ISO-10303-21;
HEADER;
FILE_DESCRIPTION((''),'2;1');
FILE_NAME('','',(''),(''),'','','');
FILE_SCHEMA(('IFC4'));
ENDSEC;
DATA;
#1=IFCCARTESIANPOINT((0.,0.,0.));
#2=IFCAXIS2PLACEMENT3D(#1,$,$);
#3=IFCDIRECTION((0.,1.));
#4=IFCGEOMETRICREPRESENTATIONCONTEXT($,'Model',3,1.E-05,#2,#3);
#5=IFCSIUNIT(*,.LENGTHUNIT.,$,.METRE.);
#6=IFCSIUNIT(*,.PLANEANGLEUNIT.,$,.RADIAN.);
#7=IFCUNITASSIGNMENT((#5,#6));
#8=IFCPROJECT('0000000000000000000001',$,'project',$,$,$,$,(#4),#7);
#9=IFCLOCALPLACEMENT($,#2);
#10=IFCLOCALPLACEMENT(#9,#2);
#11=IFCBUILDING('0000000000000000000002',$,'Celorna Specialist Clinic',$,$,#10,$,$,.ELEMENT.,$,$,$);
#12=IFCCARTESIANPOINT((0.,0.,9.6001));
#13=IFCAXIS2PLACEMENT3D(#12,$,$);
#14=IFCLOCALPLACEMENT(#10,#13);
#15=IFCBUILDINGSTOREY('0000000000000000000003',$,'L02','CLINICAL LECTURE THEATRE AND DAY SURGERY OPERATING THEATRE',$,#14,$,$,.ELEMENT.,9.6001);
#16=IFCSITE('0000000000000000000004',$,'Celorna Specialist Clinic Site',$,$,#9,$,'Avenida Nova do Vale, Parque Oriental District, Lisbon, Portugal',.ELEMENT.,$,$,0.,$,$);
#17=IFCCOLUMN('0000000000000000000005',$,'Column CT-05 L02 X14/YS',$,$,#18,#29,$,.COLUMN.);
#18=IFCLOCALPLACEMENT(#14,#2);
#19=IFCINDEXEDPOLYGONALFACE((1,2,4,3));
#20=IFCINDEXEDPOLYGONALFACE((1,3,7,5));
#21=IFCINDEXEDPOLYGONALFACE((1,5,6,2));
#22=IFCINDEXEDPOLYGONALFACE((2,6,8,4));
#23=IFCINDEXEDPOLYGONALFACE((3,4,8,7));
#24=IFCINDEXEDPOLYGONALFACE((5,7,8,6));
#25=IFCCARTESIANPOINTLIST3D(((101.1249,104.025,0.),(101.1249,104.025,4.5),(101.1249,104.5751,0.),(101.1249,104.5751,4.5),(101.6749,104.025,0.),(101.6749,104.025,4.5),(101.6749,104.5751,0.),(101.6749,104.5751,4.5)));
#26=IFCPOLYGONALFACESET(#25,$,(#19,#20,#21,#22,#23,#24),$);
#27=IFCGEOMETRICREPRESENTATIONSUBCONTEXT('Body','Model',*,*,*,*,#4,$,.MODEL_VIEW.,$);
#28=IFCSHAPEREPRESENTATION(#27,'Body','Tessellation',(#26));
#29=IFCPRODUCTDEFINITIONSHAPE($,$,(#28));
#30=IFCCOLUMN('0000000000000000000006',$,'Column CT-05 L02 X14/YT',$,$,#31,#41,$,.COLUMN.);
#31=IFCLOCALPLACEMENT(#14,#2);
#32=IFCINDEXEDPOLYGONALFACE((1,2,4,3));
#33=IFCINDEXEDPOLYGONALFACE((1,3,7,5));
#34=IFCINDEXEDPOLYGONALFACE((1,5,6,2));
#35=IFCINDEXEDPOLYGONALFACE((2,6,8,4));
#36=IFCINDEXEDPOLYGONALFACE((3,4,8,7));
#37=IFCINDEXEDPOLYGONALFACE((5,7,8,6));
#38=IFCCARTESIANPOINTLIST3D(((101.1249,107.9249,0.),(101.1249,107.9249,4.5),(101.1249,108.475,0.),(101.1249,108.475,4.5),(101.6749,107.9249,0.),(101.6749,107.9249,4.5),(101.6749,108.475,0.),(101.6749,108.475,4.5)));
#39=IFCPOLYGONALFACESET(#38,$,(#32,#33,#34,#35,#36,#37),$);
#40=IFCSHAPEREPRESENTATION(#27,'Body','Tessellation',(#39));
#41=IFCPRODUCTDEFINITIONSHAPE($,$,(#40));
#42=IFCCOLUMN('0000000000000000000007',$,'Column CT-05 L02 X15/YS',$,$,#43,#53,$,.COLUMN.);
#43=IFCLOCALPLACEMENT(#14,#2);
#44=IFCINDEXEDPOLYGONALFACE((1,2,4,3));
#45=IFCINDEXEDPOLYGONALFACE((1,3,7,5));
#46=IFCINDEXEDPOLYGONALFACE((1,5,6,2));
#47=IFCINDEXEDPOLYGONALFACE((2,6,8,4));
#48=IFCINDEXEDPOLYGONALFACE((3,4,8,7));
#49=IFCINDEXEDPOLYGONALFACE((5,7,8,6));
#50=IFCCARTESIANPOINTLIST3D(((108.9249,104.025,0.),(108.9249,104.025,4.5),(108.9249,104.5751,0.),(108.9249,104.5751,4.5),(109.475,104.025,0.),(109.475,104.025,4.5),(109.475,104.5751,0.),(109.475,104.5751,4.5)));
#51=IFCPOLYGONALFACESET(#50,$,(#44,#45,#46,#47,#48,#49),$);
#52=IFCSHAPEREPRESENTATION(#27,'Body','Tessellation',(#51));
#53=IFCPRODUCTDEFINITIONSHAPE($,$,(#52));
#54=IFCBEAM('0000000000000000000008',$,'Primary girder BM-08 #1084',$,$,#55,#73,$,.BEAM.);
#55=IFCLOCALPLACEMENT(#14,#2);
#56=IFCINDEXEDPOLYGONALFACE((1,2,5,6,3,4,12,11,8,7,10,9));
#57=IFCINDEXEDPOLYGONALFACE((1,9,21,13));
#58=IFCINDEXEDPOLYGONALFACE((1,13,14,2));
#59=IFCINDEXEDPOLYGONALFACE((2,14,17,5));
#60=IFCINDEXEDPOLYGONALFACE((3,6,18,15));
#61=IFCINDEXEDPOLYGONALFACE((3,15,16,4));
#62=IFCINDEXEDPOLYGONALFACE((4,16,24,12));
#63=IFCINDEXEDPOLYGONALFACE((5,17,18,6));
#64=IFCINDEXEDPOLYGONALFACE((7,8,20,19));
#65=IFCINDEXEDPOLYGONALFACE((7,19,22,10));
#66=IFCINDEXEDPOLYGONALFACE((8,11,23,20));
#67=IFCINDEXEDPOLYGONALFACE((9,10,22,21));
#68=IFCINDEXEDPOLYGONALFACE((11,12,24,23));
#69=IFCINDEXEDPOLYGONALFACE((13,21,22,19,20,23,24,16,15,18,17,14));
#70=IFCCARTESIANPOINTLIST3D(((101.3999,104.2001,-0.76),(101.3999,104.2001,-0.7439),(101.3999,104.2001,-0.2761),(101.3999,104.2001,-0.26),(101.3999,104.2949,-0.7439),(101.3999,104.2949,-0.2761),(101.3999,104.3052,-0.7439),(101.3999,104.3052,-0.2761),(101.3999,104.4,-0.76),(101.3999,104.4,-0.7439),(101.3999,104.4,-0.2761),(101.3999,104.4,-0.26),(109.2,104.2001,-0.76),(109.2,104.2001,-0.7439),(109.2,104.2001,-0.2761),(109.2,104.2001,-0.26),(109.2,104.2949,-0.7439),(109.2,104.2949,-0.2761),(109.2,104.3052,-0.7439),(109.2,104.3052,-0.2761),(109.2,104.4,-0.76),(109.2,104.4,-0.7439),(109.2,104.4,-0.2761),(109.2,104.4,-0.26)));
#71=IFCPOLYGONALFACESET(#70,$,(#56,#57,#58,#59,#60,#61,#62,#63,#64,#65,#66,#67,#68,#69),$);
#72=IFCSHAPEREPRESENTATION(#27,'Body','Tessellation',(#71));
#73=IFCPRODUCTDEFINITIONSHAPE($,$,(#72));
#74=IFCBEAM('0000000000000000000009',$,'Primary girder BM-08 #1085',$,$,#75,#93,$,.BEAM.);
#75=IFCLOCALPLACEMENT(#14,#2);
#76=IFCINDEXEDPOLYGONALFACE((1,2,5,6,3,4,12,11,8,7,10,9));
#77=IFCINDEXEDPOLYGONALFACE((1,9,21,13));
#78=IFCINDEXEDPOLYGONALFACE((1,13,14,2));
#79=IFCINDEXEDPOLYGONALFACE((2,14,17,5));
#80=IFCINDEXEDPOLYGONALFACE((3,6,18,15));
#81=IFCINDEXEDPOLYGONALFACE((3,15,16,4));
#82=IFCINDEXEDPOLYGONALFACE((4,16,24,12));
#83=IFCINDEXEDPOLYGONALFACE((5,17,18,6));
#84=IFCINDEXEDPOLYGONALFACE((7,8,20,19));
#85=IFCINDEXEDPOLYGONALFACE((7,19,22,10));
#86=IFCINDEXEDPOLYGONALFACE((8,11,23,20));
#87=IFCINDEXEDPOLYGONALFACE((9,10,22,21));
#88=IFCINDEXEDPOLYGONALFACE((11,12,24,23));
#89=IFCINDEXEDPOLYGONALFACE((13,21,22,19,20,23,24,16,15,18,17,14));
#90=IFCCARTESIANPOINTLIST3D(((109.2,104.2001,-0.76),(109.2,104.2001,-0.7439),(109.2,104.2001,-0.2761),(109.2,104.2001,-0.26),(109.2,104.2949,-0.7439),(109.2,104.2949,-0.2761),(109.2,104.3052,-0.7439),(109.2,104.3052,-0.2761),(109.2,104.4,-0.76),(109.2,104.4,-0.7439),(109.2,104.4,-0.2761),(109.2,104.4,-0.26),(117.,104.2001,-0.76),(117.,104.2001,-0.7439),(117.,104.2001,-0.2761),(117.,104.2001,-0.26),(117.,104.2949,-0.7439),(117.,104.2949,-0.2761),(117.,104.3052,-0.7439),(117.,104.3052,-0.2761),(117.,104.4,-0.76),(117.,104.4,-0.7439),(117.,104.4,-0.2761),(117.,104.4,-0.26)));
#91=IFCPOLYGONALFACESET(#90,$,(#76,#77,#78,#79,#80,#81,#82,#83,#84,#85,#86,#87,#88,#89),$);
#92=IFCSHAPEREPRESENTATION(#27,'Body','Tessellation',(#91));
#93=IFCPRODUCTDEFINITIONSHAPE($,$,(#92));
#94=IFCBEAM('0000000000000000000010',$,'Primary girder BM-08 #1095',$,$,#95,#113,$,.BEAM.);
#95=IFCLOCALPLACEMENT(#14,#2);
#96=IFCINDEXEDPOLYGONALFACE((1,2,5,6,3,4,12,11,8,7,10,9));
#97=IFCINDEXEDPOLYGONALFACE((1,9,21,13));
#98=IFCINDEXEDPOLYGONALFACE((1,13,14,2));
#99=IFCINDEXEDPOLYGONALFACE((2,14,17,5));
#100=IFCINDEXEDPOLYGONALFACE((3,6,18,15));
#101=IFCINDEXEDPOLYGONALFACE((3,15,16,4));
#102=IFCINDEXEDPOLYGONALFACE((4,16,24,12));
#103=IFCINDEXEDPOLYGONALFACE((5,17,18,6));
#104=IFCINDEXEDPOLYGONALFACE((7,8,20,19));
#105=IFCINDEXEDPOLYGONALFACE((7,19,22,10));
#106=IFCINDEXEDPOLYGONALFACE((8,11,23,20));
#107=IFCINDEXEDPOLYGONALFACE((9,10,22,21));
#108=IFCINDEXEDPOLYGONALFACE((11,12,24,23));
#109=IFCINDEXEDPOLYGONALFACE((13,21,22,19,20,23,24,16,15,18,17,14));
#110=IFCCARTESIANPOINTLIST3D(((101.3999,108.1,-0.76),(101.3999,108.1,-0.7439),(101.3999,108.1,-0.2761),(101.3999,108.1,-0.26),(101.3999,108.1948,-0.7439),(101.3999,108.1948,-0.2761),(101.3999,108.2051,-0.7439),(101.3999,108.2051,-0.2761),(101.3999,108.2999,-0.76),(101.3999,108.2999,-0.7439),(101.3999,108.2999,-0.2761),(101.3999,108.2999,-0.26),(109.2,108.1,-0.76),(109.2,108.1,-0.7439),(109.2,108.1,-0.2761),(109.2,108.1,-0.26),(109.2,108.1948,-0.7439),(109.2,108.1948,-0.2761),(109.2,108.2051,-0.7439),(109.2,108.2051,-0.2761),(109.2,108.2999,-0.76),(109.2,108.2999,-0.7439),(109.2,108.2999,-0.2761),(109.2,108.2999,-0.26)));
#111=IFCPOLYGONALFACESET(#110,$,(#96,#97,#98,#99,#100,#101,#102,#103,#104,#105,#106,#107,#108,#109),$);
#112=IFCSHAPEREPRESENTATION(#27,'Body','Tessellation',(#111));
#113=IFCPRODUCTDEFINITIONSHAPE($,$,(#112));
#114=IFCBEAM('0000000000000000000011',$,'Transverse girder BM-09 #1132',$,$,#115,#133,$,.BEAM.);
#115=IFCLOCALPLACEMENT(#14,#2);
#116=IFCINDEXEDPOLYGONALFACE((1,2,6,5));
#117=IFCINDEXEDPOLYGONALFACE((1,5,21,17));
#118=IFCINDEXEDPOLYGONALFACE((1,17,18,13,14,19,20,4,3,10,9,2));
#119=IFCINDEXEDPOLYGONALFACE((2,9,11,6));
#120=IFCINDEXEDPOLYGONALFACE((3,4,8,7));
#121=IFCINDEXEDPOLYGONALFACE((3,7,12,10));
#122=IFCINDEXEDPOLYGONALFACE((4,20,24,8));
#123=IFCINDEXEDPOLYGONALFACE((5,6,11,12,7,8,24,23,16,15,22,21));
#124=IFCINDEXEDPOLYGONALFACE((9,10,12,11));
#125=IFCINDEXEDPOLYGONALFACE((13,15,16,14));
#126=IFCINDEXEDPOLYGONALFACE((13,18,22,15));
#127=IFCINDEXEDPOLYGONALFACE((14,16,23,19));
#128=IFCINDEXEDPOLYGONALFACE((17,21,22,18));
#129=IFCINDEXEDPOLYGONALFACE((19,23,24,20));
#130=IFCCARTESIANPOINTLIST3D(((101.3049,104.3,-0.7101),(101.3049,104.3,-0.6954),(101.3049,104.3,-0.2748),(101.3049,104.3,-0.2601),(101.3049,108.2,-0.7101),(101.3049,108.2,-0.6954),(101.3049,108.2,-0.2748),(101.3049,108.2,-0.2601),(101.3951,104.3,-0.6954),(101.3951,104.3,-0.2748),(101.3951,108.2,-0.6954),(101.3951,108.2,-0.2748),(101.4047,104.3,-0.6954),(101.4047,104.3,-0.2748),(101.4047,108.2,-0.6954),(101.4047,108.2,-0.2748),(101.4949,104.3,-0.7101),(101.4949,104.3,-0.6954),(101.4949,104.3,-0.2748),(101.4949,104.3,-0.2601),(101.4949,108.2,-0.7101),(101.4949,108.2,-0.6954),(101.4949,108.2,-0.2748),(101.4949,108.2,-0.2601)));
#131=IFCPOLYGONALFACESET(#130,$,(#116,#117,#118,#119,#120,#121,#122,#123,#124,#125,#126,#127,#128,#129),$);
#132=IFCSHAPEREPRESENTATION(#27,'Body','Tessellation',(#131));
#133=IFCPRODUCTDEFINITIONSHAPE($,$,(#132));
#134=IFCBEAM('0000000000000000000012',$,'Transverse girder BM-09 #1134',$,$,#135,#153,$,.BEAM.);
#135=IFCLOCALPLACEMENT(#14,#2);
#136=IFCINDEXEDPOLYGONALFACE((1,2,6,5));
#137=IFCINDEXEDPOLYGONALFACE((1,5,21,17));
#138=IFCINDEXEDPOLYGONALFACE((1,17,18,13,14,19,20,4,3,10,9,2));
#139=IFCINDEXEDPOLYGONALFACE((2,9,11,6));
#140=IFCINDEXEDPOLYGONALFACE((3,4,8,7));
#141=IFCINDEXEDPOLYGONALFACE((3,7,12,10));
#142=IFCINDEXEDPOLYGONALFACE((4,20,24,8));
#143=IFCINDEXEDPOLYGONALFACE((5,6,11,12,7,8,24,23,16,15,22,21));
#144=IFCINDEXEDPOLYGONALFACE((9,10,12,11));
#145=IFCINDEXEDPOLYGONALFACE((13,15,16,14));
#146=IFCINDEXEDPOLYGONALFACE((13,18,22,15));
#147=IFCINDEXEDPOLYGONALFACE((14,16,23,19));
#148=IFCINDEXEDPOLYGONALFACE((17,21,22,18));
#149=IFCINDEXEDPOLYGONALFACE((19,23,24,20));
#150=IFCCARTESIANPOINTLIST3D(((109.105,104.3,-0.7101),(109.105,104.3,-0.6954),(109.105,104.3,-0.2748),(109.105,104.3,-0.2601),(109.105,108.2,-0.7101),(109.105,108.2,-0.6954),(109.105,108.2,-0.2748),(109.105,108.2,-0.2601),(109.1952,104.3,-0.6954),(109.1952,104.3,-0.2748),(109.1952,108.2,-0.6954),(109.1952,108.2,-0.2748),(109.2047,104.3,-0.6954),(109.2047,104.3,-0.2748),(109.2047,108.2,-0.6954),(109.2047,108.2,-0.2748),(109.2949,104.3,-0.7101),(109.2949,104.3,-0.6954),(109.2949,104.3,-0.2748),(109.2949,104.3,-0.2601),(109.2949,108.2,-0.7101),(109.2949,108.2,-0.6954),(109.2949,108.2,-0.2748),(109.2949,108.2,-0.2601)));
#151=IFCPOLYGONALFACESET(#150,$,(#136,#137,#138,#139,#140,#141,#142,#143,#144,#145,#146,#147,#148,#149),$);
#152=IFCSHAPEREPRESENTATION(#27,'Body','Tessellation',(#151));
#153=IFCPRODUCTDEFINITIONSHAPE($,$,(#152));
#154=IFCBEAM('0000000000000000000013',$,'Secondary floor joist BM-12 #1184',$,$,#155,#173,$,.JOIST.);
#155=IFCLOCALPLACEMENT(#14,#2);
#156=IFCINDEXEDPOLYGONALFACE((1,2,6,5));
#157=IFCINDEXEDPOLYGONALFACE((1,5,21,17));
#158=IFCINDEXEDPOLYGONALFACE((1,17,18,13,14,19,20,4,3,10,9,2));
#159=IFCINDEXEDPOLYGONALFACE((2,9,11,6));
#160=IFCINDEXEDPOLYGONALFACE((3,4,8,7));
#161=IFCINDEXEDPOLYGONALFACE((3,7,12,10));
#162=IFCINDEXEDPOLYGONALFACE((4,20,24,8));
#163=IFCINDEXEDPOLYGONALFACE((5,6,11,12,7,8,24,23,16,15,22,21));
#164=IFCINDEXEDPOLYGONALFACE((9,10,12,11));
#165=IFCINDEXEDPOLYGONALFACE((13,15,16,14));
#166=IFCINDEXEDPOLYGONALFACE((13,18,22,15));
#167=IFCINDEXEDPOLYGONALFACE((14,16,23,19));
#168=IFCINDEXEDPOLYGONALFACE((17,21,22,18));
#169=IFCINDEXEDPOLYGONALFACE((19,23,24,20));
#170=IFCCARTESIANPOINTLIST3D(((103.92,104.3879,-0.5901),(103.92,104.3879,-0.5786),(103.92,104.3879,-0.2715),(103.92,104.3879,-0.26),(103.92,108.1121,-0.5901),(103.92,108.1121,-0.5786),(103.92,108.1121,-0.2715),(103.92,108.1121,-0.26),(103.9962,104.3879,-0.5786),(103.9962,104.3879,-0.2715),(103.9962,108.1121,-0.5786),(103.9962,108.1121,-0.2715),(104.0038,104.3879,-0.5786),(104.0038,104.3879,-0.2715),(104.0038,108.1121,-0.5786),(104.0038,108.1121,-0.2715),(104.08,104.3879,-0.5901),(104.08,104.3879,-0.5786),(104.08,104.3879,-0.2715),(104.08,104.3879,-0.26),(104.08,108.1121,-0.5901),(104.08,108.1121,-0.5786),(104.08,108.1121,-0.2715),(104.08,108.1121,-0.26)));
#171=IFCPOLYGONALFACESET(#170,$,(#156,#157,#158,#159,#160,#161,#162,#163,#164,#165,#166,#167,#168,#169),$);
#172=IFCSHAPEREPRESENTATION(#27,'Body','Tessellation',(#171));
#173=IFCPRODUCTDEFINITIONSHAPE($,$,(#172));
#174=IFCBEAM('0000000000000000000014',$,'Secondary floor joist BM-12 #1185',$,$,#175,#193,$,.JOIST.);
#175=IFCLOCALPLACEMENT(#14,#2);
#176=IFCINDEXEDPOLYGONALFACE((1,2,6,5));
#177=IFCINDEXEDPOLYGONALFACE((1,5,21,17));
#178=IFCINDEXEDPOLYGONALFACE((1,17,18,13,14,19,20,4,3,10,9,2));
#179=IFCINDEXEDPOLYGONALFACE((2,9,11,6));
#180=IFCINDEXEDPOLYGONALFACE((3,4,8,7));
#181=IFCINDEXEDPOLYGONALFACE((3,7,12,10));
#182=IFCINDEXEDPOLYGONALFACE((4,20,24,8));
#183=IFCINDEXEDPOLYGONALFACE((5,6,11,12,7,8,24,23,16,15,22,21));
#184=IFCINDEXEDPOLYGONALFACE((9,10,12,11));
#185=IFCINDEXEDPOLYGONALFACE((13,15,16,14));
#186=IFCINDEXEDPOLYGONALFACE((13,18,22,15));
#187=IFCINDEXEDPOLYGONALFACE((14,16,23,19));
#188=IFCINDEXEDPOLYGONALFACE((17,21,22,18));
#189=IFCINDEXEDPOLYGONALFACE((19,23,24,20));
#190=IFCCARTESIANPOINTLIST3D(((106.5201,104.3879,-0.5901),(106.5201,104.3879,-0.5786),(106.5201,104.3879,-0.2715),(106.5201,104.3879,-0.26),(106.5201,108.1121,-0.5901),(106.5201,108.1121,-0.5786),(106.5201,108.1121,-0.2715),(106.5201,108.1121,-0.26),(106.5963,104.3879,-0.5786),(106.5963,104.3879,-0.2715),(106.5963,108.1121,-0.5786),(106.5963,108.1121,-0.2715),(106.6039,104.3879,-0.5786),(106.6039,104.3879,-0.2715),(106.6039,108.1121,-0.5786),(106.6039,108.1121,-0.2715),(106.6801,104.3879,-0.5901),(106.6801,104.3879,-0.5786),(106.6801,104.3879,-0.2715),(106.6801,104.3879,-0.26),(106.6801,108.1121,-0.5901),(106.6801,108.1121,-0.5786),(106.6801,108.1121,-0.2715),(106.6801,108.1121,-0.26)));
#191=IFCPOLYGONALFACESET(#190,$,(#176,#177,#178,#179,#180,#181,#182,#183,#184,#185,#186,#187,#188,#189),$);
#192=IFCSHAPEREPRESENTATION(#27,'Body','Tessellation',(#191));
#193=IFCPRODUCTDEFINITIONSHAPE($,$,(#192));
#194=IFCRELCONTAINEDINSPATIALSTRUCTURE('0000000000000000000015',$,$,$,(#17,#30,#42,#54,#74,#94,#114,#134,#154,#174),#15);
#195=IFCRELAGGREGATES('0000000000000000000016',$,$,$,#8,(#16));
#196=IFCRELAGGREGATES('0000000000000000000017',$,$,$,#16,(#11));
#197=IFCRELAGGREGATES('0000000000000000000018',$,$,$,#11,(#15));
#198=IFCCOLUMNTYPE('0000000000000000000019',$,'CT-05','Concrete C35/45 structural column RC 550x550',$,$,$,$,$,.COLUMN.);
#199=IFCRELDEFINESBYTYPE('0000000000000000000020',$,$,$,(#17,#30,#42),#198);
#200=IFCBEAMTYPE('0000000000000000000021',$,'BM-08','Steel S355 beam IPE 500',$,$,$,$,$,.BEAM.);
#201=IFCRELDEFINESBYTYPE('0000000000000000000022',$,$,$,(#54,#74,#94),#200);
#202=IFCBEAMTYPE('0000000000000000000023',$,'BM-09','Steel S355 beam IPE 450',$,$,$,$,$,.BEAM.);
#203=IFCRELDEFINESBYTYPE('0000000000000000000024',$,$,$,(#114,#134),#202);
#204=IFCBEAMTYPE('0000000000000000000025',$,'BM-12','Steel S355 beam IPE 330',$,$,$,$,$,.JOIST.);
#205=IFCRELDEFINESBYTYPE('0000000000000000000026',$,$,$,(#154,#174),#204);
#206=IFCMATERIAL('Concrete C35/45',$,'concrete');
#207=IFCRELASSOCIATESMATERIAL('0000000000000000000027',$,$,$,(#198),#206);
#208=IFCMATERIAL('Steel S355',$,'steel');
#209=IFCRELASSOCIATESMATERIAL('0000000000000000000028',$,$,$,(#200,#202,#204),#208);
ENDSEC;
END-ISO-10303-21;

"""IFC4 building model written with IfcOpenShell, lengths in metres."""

from ifc_helpers import new_model, si_unit, direction, frame, origin, origin_2d, place, context, subcontext, project, spatial, rectangle, i_section, extrude, material, material_profile, profile_set, type_object, element, save


model = new_model("IFC4")

# Units and contexts
model_context = context("Model", 3, precision=1e-05, world=origin(), true_north=direction((0.0, 1.0)))
body_context = subcontext(model_context, "Body", "Model", "MODEL_VIEW")
ifc_project = project(units=[si_unit("LENGTHUNIT", "METRE"), si_unit("PLANEANGLEUNIT", "RADIAN")], contexts=[model_context])

# Site, building, storey
site_placement = place(None, origin())
site = spatial("IfcSite", under=ifc_project, at=site_placement, Name="Celorna Specialist Clinic Site", LongName="Avenida Nova do Vale, Parque Oriental District, Lisbon, Portugal", CompositionType="ELEMENT", RefElevation=0.0)
building_placement = place(site_placement, origin())
building = spatial("IfcBuilding", under=site, at=building_placement, Name="Celorna Specialist Clinic", CompositionType="ELEMENT")
storey_placement = place(building_placement, frame((0.0, 0.0, 9.6001)))
storey = spatial("IfcBuildingStorey", under=building, at=storey_placement, Name="L02", Description="CLINICAL LECTURE THEATRE AND DAY SURGERY OPERATING THEATRE", CompositionType="ELEMENT", Elevation=9.6001)

# Columns
ifc_material_1 = material(Name="Concrete C35/45", Category="concrete")
ifc_material_profile_1 = material_profile(ifc_material_1, rectangle(XDim=0.55, YDim=0.55, at=origin_2d()), Name="RC 550x550")
ifc_profile_set_1 = profile_set([ifc_material_profile_1], Name="Concrete C35/45")
column_type = type_object("IfcColumnType", Name="CT-05", Description="Concrete C35/45 structural column RC 550x550", PredefinedType="COLUMN", material=ifc_profile_set_1)
for number, where, z_axis, x_axis, name in (
    (1, (101.3999, 104.3, 0.0), (0.0, 0.0, 1.0), (1.0, 0.0, 0.0), "Column CT-05 L02 X14/YS"),
    (2, (101.3999, 108.2, 0.0), (0.0, 0.0, 1.0), (1.0, 0.0, 0.0), "Column CT-05 L02 X14/YT"),
    (3, (109.2, 104.3, 0.0), (0.0, 0.0, 1.0), (1.0, 0.0, 0.0), "Column CT-05 L02 X15/YS"),
):
    element("IfcColumn", number, at=place(storey_placement, frame(where, z_axis=z_axis, x_axis=x_axis)), inside=storey, type_object=column_type, Name=name, PredefinedType="COLUMN", context=body_context, shape_type="SweptSolid", body=[
        extrude(rectangle(XDim=0.55, YDim=0.55, at=origin_2d()), origin(), (0.0, 0.0, 1.0), 4.5),
    ])

# Beams
ifc_material_2 = material(Name="Steel S355", Category="steel")
ifc_material_profile_2 = material_profile(ifc_material_2, i_section(OverallWidth=0.2, OverallDepth=0.5, WebThickness=0.0103, FlangeThickness=0.0161, at=origin_2d()), Name="IPE 500")
ifc_profile_set_2 = profile_set([ifc_material_profile_2], Name="Steel S355")
beam_type_1 = type_object("IfcBeamType", Name="BM-08", Description="Steel S355 beam IPE 500", PredefinedType="BEAM", material=ifc_profile_set_2)
for number, where, z_axis, x_axis, name in (
    (4, (101.3999, 104.3, -0.51), (1.0, 0.0, 0.0), (0.0, 1.0, 0.0), "Primary girder BM-08 #1084"),
    (5, (109.2, 104.3, -0.51), (1.0, 0.0, 0.0), (0.0, 1.0, 0.0), "Primary girder BM-08 #1085"),
    (6, (101.3999, 108.2, -0.51), (1.0, 0.0, 0.0), (0.0, 1.0, 0.0), "Primary girder BM-08 #1095"),
):
    element("IfcBeam", number, at=place(storey_placement, frame(where, z_axis=z_axis, x_axis=x_axis)), inside=storey, type_object=beam_type_1, Name=name, PredefinedType="BEAM", context=body_context, shape_type="SweptSolid", body=[
        extrude(i_section(OverallWidth=0.2, OverallDepth=0.5, WebThickness=0.0103, FlangeThickness=0.0161, at=origin_2d()), origin(), (0.0, 0.0, 1.0), 7.8),
    ])
ifc_material_profile_3 = material_profile(ifc_material_2, i_section(OverallWidth=0.1899, OverallDepth=0.45, WebThickness=0.0095, FlangeThickness=0.0146, at=origin_2d()), Name="IPE 450")
ifc_profile_set_3 = profile_set([ifc_material_profile_3], Name="Steel S355")
beam_type_2 = type_object("IfcBeamType", Name="BM-09", Description="Steel S355 beam IPE 450", PredefinedType="BEAM", material=ifc_profile_set_3)
for number, where, z_axis, x_axis, name in (
    (7, (101.3999, 104.3, -0.4851), (0.0, 1.0, 0.0), (-1.0, 0.0, 0.0), "Transverse girder BM-09 #1132"),
    (8, (109.2, 104.3, -0.4851), (0.0, 1.0, 0.0), (-1.0, 0.0, 0.0), "Transverse girder BM-09 #1134"),
):
    element("IfcBeam", number, at=place(storey_placement, frame(where, z_axis=z_axis, x_axis=x_axis)), inside=storey, type_object=beam_type_2, Name=name, PredefinedType="BEAM", context=body_context, shape_type="SweptSolid", body=[
        extrude(i_section(OverallWidth=0.1899, OverallDepth=0.45, WebThickness=0.0095, FlangeThickness=0.0146, at=origin_2d()), origin(), (0.0, 0.0, 1.0), 3.8999),
    ])
ifc_material_profile_4 = material_profile(ifc_material_2, i_section(OverallWidth=0.1599, OverallDepth=0.3301, WebThickness=0.0076, FlangeThickness=0.0115, at=origin_2d()), Name="IPE 330")
ifc_profile_set_4 = profile_set([ifc_material_profile_4], Name="Steel S355")
beam_type_3 = type_object("IfcBeamType", Name="BM-12", Description="Steel S355 beam IPE 330", PredefinedType="JOIST", material=ifc_profile_set_4)
for number, where, z_axis, x_axis, name in (
    (9, (104.0, 104.3879, -0.425), (0.0, 1.0, 0.0), (-1.0, 0.0, 0.0), "Secondary floor joist BM-12 #1184"),
    (10, (106.6001, 104.3879, -0.425), (0.0, 1.0, 0.0), (-1.0, 0.0, 0.0), "Secondary floor joist BM-12 #1185"),
):
    element("IfcBeam", number, at=place(storey_placement, frame(where, z_axis=z_axis, x_axis=x_axis)), inside=storey, type_object=beam_type_3, Name=name, PredefinedType="JOIST", context=body_context, shape_type="SweptSolid", body=[
        extrude(i_section(OverallWidth=0.1599, OverallDepth=0.3301, WebThickness=0.0076, FlangeThickness=0.0115, at=origin_2d()), origin(), (0.0, 0.0, 1.0), 3.7241),
    ])

save(model, "model.ifc")
